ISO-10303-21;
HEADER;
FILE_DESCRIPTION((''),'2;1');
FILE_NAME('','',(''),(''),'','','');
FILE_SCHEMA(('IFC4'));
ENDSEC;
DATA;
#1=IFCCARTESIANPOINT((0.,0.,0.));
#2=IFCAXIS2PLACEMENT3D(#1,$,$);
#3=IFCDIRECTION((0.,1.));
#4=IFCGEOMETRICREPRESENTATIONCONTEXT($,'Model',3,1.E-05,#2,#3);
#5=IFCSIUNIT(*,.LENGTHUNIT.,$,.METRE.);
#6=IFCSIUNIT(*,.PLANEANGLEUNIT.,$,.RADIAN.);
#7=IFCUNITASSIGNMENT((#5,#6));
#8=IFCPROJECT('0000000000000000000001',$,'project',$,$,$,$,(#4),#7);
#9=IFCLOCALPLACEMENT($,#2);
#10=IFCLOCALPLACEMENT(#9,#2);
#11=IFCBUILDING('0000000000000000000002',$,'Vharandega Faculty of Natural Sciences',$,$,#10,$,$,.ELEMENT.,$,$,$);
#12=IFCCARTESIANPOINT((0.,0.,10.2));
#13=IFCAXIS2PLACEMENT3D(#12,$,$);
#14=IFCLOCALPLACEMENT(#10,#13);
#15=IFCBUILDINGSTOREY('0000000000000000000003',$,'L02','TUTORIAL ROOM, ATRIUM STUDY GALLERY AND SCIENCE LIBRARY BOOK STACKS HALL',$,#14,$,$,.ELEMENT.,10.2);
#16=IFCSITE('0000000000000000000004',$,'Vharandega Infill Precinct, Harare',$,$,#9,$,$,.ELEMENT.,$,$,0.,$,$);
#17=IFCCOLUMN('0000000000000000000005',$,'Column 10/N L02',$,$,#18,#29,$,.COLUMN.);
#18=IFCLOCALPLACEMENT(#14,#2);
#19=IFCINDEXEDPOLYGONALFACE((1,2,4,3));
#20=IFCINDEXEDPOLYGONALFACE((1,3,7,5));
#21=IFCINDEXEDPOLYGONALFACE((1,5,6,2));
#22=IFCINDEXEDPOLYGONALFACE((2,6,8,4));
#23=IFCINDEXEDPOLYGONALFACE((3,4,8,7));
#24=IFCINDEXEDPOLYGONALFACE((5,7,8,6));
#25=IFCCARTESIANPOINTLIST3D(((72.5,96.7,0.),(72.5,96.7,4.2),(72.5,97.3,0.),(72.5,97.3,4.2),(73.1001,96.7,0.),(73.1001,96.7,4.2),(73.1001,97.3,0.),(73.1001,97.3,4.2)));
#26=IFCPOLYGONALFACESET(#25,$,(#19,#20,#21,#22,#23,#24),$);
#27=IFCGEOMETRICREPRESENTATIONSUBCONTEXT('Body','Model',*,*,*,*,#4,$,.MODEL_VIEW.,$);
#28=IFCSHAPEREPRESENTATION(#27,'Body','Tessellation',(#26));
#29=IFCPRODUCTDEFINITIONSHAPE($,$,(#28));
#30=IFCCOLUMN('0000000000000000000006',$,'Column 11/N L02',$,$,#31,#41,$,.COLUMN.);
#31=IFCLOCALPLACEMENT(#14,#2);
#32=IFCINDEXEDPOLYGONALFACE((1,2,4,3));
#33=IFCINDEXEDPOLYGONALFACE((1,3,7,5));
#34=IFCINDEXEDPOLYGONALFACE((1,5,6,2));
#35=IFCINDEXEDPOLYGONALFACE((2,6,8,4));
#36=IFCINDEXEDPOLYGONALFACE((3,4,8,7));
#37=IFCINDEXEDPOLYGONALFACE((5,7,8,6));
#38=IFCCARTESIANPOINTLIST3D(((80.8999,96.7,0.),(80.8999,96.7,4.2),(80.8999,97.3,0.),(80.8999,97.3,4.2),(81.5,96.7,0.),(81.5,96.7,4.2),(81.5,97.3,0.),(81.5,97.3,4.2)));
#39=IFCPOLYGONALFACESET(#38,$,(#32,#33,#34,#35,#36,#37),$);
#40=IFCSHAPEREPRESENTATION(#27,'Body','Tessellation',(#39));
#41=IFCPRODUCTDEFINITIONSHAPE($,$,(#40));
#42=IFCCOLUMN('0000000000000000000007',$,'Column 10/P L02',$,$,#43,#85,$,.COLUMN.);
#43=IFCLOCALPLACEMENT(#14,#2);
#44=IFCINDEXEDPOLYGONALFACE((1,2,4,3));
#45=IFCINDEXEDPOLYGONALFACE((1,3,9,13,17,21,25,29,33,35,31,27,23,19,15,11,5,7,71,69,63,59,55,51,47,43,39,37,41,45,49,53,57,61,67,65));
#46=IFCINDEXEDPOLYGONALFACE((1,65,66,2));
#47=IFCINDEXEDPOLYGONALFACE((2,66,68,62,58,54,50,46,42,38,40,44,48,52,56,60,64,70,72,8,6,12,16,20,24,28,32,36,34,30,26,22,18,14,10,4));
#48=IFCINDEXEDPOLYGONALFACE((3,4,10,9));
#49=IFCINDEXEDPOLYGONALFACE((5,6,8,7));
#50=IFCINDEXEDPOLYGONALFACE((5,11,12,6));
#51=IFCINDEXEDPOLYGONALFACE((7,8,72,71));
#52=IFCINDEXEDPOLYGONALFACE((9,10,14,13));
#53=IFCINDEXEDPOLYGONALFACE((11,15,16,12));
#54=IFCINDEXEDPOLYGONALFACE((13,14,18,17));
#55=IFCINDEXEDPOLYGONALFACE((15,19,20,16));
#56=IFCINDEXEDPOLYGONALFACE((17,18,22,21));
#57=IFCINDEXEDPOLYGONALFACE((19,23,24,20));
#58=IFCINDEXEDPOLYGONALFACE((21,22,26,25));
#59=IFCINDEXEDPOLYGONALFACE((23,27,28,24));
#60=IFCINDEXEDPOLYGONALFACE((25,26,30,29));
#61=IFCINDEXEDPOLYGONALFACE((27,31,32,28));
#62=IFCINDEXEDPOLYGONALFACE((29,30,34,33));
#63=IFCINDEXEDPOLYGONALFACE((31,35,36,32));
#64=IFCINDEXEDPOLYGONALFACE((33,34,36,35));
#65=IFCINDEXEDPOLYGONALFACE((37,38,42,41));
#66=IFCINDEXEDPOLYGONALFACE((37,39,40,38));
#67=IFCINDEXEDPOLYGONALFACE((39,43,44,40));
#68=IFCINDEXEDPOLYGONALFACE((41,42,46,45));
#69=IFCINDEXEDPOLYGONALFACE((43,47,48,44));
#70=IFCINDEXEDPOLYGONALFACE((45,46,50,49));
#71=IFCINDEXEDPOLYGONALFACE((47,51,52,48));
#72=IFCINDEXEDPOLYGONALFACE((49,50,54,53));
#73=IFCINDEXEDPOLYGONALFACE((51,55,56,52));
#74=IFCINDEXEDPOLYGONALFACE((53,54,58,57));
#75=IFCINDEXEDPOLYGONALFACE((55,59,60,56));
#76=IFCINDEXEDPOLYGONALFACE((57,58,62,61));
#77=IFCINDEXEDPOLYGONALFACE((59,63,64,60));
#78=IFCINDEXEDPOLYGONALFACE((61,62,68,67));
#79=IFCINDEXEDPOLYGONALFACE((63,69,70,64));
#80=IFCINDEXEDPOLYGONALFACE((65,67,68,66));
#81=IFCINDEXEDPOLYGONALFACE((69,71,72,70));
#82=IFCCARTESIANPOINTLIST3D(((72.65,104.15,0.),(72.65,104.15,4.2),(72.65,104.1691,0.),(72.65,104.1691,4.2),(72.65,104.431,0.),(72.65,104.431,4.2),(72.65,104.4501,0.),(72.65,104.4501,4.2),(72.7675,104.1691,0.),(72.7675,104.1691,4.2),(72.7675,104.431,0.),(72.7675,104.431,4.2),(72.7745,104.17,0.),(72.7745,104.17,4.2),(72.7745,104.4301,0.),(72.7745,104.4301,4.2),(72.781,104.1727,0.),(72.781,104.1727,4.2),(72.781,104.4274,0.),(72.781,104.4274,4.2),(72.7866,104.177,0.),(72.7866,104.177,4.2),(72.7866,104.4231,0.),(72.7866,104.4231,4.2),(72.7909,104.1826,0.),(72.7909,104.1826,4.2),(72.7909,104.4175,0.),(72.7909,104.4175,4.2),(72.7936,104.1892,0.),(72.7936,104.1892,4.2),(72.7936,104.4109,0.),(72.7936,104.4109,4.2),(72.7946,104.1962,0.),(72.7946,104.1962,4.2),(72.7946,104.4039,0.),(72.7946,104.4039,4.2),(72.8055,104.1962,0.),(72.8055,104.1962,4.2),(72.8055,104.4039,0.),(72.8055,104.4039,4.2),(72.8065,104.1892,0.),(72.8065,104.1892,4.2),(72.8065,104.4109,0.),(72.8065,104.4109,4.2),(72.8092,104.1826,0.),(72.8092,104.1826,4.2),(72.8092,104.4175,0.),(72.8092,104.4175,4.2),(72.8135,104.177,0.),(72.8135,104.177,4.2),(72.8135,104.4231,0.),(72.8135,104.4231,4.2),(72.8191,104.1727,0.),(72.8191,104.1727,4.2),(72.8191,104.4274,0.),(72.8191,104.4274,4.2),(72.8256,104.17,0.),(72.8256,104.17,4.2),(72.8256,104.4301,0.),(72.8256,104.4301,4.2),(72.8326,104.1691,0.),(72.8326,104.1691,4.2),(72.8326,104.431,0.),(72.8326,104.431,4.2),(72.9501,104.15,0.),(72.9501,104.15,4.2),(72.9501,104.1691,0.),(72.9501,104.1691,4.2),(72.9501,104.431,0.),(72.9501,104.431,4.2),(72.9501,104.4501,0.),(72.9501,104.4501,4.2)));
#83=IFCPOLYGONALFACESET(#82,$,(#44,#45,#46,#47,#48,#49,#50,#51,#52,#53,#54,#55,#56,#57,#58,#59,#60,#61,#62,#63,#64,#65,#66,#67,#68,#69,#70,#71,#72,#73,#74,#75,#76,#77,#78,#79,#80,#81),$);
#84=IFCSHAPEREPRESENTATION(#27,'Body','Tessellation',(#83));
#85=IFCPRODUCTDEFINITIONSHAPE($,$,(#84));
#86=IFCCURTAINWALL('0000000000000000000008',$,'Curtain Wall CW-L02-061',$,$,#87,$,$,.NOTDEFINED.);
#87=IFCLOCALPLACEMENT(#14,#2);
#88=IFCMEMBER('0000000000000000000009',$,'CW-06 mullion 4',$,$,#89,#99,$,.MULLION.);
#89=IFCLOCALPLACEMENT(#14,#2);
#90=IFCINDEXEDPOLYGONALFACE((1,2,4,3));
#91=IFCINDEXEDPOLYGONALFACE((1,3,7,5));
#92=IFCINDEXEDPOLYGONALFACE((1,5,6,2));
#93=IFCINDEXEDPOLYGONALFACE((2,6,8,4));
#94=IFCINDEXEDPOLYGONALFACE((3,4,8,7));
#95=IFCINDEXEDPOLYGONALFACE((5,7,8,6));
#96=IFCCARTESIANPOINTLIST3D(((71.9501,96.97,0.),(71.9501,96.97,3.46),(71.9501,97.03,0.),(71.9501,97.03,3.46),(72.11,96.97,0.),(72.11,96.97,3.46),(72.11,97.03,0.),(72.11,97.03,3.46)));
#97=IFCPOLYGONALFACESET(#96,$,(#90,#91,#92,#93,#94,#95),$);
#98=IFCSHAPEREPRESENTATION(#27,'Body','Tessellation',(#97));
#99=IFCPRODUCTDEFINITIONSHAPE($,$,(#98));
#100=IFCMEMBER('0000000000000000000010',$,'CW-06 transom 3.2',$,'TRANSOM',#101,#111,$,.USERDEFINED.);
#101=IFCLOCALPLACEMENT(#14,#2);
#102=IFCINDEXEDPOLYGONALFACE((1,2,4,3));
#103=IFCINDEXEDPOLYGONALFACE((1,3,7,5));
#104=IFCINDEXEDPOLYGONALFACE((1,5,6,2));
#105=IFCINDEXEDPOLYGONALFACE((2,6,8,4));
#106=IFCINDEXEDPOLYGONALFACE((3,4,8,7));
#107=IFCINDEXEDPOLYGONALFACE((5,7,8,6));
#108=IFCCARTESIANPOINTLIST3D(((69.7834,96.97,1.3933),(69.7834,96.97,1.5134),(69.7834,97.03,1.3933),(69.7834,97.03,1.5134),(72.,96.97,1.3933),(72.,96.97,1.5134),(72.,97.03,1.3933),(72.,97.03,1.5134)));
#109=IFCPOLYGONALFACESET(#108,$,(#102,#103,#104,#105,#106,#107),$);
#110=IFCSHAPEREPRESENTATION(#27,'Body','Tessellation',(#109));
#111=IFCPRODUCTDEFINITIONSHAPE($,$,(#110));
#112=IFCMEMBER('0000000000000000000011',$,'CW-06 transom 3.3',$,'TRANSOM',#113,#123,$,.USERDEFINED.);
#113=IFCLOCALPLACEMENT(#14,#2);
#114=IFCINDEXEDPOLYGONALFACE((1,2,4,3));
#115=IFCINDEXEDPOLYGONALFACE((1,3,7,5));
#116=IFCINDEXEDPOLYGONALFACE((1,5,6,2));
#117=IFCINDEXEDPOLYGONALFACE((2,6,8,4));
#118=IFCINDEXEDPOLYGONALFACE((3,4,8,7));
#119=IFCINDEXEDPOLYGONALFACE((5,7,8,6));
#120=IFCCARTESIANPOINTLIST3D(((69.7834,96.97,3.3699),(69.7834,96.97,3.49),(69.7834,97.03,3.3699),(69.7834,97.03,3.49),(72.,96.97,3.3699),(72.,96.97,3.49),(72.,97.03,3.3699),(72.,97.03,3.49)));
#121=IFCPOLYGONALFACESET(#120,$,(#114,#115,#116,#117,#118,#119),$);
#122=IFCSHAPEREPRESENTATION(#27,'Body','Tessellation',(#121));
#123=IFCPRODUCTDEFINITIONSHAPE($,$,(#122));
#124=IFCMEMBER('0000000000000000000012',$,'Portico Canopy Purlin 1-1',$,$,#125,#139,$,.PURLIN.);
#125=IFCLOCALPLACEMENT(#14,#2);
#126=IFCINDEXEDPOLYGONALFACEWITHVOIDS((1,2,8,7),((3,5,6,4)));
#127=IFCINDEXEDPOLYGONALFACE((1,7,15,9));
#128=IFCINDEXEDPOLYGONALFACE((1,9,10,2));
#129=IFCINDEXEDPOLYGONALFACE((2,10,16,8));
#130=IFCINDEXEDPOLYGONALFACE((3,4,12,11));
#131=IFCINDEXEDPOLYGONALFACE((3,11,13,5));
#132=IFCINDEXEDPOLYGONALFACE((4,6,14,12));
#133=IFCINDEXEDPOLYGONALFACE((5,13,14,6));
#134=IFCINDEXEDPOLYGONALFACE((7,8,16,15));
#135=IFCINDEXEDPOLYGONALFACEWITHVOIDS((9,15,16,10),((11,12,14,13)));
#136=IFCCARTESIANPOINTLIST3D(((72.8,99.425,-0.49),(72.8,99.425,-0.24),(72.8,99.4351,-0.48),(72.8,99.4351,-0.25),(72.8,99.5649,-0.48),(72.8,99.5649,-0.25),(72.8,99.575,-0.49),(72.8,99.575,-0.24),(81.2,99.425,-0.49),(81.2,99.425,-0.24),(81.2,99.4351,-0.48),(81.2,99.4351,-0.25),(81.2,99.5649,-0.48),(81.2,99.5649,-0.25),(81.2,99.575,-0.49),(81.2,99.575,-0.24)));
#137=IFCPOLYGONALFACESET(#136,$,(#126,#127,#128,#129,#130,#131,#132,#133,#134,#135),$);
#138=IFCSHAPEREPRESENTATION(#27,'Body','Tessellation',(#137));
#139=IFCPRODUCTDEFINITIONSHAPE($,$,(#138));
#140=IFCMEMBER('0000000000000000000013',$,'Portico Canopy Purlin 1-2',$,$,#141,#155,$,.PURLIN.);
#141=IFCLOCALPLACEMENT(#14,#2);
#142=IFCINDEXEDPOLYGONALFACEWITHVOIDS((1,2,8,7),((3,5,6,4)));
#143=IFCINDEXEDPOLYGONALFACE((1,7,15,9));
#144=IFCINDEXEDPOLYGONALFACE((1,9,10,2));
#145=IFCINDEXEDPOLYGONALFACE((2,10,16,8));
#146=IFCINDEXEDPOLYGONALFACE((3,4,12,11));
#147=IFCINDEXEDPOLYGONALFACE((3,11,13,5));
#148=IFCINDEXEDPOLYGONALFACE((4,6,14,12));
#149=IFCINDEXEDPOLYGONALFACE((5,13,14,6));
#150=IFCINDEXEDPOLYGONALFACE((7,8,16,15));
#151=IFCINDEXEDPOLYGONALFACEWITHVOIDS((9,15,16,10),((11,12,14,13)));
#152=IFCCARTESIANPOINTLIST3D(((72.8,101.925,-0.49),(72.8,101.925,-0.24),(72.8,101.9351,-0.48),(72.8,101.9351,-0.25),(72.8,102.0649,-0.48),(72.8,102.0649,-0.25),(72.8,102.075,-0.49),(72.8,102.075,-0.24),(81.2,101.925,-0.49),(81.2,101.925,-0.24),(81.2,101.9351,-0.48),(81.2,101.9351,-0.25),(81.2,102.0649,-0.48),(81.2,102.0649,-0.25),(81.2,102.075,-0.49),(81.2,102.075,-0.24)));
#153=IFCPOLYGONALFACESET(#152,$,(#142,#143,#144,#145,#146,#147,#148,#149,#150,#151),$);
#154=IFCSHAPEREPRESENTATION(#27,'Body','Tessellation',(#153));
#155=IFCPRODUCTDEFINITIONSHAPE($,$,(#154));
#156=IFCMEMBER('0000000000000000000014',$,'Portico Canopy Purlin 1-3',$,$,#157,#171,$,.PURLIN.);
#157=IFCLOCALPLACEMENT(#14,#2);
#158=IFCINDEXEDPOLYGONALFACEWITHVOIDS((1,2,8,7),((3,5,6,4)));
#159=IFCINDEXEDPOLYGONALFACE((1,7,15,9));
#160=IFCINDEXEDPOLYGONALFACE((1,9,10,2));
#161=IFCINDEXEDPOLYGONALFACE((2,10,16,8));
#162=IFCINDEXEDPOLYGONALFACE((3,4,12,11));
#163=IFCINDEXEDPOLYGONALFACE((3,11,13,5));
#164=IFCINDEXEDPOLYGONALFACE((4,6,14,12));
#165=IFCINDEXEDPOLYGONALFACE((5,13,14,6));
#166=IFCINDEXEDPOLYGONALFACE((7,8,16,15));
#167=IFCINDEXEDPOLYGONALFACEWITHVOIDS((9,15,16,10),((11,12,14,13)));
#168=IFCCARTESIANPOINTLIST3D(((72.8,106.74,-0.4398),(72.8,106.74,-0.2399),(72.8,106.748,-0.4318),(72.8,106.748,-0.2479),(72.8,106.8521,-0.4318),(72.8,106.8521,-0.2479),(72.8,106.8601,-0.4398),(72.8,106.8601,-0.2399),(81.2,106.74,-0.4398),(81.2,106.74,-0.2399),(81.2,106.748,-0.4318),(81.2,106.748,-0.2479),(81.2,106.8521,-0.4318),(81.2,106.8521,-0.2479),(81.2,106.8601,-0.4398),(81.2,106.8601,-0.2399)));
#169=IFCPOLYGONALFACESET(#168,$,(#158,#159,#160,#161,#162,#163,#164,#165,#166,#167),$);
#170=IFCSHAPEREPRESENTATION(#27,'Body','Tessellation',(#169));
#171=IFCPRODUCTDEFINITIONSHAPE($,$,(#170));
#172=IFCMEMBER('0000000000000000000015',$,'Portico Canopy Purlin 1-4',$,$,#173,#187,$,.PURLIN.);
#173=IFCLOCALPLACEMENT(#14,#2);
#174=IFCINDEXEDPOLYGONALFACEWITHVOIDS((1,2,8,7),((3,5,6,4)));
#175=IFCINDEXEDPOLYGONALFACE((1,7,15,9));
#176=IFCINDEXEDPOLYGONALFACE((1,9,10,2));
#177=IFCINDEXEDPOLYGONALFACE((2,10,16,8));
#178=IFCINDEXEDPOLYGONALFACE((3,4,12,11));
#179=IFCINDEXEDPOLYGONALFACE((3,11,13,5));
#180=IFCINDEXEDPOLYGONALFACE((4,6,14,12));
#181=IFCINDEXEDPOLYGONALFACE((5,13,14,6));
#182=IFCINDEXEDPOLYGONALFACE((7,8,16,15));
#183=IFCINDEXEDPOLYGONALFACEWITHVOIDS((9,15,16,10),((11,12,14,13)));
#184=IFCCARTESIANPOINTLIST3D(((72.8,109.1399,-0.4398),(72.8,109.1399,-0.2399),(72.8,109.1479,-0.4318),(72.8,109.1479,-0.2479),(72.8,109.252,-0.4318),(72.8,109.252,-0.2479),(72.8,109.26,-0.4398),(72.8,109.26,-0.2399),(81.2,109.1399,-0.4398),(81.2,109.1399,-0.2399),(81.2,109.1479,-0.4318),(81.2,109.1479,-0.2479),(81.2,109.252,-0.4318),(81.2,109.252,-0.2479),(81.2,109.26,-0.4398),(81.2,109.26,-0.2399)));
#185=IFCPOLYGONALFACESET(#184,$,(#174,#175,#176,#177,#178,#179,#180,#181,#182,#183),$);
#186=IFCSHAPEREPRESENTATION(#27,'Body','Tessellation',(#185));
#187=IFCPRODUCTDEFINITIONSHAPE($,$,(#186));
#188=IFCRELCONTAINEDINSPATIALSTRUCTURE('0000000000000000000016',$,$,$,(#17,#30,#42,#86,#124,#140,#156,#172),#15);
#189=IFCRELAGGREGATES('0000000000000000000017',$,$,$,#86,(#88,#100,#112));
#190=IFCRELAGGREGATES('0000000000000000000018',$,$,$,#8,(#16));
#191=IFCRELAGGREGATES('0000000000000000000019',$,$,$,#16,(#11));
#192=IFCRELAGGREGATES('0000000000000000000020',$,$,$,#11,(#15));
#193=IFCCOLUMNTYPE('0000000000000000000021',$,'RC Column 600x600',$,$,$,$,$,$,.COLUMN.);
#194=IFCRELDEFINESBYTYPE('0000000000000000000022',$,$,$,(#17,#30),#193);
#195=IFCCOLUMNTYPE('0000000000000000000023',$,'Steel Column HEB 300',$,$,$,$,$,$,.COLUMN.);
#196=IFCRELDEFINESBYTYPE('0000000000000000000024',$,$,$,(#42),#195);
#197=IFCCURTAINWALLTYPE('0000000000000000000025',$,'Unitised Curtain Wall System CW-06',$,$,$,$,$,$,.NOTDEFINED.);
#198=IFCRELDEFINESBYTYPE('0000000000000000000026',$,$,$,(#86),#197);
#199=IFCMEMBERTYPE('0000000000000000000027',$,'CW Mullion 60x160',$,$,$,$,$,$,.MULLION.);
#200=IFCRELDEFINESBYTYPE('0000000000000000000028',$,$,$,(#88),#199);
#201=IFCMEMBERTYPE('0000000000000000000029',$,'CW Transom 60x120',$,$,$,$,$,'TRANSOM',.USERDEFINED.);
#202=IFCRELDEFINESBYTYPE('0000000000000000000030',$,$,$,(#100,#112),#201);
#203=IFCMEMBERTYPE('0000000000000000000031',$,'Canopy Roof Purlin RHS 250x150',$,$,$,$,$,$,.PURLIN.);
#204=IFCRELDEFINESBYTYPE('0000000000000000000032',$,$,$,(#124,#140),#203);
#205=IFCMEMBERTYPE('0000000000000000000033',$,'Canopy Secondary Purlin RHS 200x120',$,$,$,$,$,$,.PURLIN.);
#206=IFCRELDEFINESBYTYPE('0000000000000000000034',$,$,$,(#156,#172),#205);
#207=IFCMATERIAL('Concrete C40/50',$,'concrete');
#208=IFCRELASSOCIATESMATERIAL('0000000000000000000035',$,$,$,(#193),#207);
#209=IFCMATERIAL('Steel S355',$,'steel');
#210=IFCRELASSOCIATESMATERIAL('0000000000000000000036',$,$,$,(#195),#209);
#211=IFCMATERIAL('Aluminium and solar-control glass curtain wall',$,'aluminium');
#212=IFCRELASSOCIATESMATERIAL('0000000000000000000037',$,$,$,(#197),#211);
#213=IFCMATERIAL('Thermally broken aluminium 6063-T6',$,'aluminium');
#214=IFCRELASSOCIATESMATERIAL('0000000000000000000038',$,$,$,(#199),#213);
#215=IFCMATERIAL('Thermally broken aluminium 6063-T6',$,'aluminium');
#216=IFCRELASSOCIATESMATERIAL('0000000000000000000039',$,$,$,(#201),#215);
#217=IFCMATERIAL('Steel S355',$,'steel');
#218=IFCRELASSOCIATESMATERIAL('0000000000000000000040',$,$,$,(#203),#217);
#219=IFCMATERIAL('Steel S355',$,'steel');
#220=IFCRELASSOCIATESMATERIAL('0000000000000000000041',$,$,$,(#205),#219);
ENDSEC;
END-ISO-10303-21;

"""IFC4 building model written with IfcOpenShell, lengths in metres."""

from ifc_helpers import new_model, si_unit, direction, frame, origin, origin_2d, place, context, subcontext, project, spatial, rectangle, hollow_rectangle, i_section, extrude, material, material_profile, profile_set, type_object, element, aggregate, save


model = new_model("IFC4")

# Units and contexts
model_context = context("Model", 3, precision=1e-05, world=origin(), true_north=direction((0.0, 1.0)))
body_context = subcontext(model_context, "Body", "Model", "MODEL_VIEW")
ifc_project = project(units=[si_unit("LENGTHUNIT", "METRE"), si_unit("PLANEANGLEUNIT", "RADIAN")], contexts=[model_context])

# Site, building, storey
site_placement = place(None, origin())
site = spatial("IfcSite", under=ifc_project, at=site_placement, Name="Vharandega Infill Precinct, Harare", CompositionType="ELEMENT", RefElevation=0.0)
building_placement = place(site_placement, origin())
building = spatial("IfcBuilding", under=site, at=building_placement, Name="Vharandega Faculty of Natural Sciences", CompositionType="ELEMENT")
storey_placement = place(building_placement, frame((0.0, 0.0, 10.2)))
storey = spatial("IfcBuildingStorey", under=building, at=storey_placement, Name="L02", Description="TUTORIAL ROOM, ATRIUM STUDY GALLERY AND SCIENCE LIBRARY BOOK STACKS HALL", CompositionType="ELEMENT", Elevation=10.2)

# Columns
ifc_material_1 = material(Name="Concrete C40/50", Category="concrete")
ifc_material_profile_1 = material_profile(ifc_material_1, rectangle(XDim=0.6001, YDim=0.6001, at=origin_2d()), Name="RC 600x600")
ifc_profile_set_1 = profile_set([ifc_material_profile_1], Name="Concrete C40/50")
column_type_1 = type_object("IfcColumnType", Name="RC Column 600x600", PredefinedType="COLUMN", material=ifc_profile_set_1)
for number, where, z_axis, x_axis, name in (
    (1, (72.8, 97.0, 0.0), (0.0, 0.0, 1.0), (1.0, 0.0, 0.0), "Column 10/N L02"),
    (2, (81.2, 97.0, 0.0), (0.0, 0.0, 1.0), (1.0, 0.0, 0.0), "Column 11/N L02"),
):
    element("IfcColumn", number, at=place(storey_placement, frame(where, z_axis=z_axis, x_axis=x_axis)), inside=storey, type_object=column_type_1, Name=name, PredefinedType="COLUMN", context=body_context, shape_type="SweptSolid", body=[
        extrude(rectangle(XDim=0.6001, YDim=0.6001, at=origin_2d()), origin(), (0.0, 0.0, 1.0), 4.2),
    ])
ifc_material_2 = material(Name="Steel S355", Category="steel")
ifc_material_profile_2 = material_profile(ifc_material_2, i_section(OverallWidth=0.3, OverallDepth=0.3, WebThickness=0.011, FlangeThickness=0.019, FilletRadius=0.0271, at=origin_2d()), Name="HEB 300")
ifc_profile_set_2 = profile_set([ifc_material_profile_2], Name="Steel S355")
column_type_2 = type_object("IfcColumnType", Name="Steel Column HEB 300", PredefinedType="COLUMN", material=ifc_profile_set_2)
column_placement = place(storey_placement, frame((72.8, 104.3, 0.0), z_axis=(0.0, 0.0, 1.0), x_axis=(1.0, 0.0, 0.0)))
element("IfcColumn", 3, at=column_placement, inside=storey, type_object=column_type_2, Name="Column 10/P L02", PredefinedType="COLUMN", context=body_context, shape_type="SweptSolid", body=[
    extrude(i_section(OverallWidth=0.3, OverallDepth=0.3, WebThickness=0.011, FlangeThickness=0.019, FilletRadius=0.0271, at=origin_2d()), origin(), (0.0, 0.0, 1.0), 4.2),
])

# Curtain wall, members
ifc_material_3 = material(Name="Aluminium and solar-control glass curtain wall", Category="aluminium")
curtain_wall_type = type_object("IfcCurtainWallType", Name="Unitised Curtain Wall System CW-06", PredefinedType="NOTDEFINED", material=ifc_material_3)
curtain_wall_placement = place(storey_placement, origin())
curtain_wall = element("IfcCurtainWall", 4, at=curtain_wall_placement, inside=storey, type_object=curtain_wall_type, Name="Curtain Wall CW-L02-061", PredefinedType="NOTDEFINED")
ifc_material_4 = material(Name="Thermally broken aluminium 6063-T6", Category="aluminium")
ifc_material_profile_3 = material_profile(ifc_material_4, rectangle(XDim=0.0601, YDim=0.1599, at=origin_2d()), Name="ALU 60x160")
ifc_profile_set_3 = profile_set([ifc_material_profile_3], Name="Thermally broken aluminium 6063-T6")
member_type_1 = type_object("IfcMemberType", Name="CW Mullion 60x160", PredefinedType="MULLION", material=ifc_profile_set_3)
member_1_placement = place(storey_placement, frame((72.03, 97.0, 0.0), z_axis=(0.0, 0.0, 1.0), x_axis=(0.0, 1.0, 0.0)))
member_1 = element("IfcMember", 5, at=member_1_placement, type_object=member_type_1, Name="CW-06 mullion 4", PredefinedType="MULLION", context=body_context, shape_type="SweptSolid", body=[
    extrude(rectangle(XDim=0.0601, YDim=0.1599, at=origin_2d()), origin(), (0.0, 0.0, 1.0), 3.46),
])
ifc_material_5 = material(Name="Thermally broken aluminium 6063-T6", Category="aluminium")
ifc_material_profile_4 = material_profile(ifc_material_5, rectangle(XDim=0.0601, YDim=0.1201, at=origin_2d()), Name="ALU 60x120")
ifc_profile_set_4 = profile_set([ifc_material_profile_4], Name="Thermally broken aluminium 6063-T6")
member_type_2 = type_object("IfcMemberType", Name="CW Transom 60x120", ElementType="TRANSOM", PredefinedType="USERDEFINED", material=ifc_profile_set_4)
member_2_placement = place(storey_placement, frame((69.7834, 97.0, 1.4534), z_axis=(1.0, 0.0, 0.0), x_axis=(0.0, 1.0, 0.0)))
member_2 = element("IfcMember", 6, at=member_2_placement, type_object=member_type_2, Name="CW-06 transom 3.2", ObjectType="TRANSOM", PredefinedType="USERDEFINED", context=body_context, shape_type="SweptSolid", body=[
    extrude(rectangle(XDim=0.0601, YDim=0.1201, at=origin_2d()), origin(), (0.0, 0.0, 1.0), 2.2166),
])
member_3_placement = place(storey_placement, frame((69.7834, 97.0, 3.4299), z_axis=(1.0, 0.0, 0.0), x_axis=(0.0, 1.0, 0.0)))
member_3 = element("IfcMember", 7, at=member_3_placement, type_object=member_type_2, Name="CW-06 transom 3.3", ObjectType="TRANSOM", PredefinedType="USERDEFINED", context=body_context, shape_type="SweptSolid", body=[
    extrude(rectangle(XDim=0.0601, YDim=0.1201, at=origin_2d()), origin(), (0.0, 0.0, 1.0), 2.2166),
])

# Members
ifc_material_6 = material(Name="Steel S355", Category="steel")
ifc_material_profile_5 = material_profile(ifc_material_6, hollow_rectangle(XDim=0.1499, YDim=0.25, WallThickness=0.01, at=origin_2d()), Name="RHS 250x150x10")
ifc_profile_set_5 = profile_set([ifc_material_profile_5], Name="Steel S355")
member_type_3 = type_object("IfcMemberType", Name="Canopy Roof Purlin RHS 250x150", PredefinedType="PURLIN", material=ifc_profile_set_5)
for number, where, z_axis, x_axis, name in (
    (8, (72.8, 99.5, -0.365), (1.0, 0.0, 0.0), (0.0, 1.0, 0.0), "Portico Canopy Purlin 1-1"),
    (9, (72.8, 102.0, -0.365), (1.0, 0.0, 0.0), (0.0, 1.0, 0.0), "Portico Canopy Purlin 1-2"),
):
    element("IfcMember", number, at=place(storey_placement, frame(where, z_axis=z_axis, x_axis=x_axis)), inside=storey, type_object=member_type_3, Name=name, PredefinedType="PURLIN", context=body_context, shape_type="SweptSolid", body=[
        extrude(hollow_rectangle(XDim=0.1499, YDim=0.25, WallThickness=0.01, at=origin_2d()), origin(), (0.0, 0.0, 1.0), 8.3999),
    ])
ifc_material_7 = material(Name="Steel S355", Category="steel")
ifc_material_profile_6 = material_profile(ifc_material_7, hollow_rectangle(XDim=0.1201, YDim=0.2, WallThickness=0.0081, at=origin_2d()), Name="RHS 200x120x8")
ifc_profile_set_6 = profile_set([ifc_material_profile_6], Name="Steel S355")
member_type_4 = type_object("IfcMemberType", Name="Canopy Secondary Purlin RHS 200x120", PredefinedType="PURLIN", material=ifc_profile_set_6)
for number, where, z_axis, x_axis, name in (
    (10, (72.8, 106.8, -0.3398), (1.0, 0.0, 0.0), (0.0, 1.0, 0.0), "Portico Canopy Purlin 1-3"),
    (11, (72.8, 109.2, -0.3398), (1.0, 0.0, 0.0), (0.0, 1.0, 0.0), "Portico Canopy Purlin 1-4"),
):
    element("IfcMember", number, at=place(storey_placement, frame(where, z_axis=z_axis, x_axis=x_axis)), inside=storey, type_object=member_type_4, Name=name, PredefinedType="PURLIN", context=body_context, shape_type="SweptSolid", body=[
        extrude(hollow_rectangle(XDim=0.1201, YDim=0.2, WallThickness=0.0081, at=origin_2d()), origin(), (0.0, 0.0, 1.0), 8.3999),
    ])

aggregate(curtain_wall, [member_1, member_2, member_3])

save(model, "model.ifc")
